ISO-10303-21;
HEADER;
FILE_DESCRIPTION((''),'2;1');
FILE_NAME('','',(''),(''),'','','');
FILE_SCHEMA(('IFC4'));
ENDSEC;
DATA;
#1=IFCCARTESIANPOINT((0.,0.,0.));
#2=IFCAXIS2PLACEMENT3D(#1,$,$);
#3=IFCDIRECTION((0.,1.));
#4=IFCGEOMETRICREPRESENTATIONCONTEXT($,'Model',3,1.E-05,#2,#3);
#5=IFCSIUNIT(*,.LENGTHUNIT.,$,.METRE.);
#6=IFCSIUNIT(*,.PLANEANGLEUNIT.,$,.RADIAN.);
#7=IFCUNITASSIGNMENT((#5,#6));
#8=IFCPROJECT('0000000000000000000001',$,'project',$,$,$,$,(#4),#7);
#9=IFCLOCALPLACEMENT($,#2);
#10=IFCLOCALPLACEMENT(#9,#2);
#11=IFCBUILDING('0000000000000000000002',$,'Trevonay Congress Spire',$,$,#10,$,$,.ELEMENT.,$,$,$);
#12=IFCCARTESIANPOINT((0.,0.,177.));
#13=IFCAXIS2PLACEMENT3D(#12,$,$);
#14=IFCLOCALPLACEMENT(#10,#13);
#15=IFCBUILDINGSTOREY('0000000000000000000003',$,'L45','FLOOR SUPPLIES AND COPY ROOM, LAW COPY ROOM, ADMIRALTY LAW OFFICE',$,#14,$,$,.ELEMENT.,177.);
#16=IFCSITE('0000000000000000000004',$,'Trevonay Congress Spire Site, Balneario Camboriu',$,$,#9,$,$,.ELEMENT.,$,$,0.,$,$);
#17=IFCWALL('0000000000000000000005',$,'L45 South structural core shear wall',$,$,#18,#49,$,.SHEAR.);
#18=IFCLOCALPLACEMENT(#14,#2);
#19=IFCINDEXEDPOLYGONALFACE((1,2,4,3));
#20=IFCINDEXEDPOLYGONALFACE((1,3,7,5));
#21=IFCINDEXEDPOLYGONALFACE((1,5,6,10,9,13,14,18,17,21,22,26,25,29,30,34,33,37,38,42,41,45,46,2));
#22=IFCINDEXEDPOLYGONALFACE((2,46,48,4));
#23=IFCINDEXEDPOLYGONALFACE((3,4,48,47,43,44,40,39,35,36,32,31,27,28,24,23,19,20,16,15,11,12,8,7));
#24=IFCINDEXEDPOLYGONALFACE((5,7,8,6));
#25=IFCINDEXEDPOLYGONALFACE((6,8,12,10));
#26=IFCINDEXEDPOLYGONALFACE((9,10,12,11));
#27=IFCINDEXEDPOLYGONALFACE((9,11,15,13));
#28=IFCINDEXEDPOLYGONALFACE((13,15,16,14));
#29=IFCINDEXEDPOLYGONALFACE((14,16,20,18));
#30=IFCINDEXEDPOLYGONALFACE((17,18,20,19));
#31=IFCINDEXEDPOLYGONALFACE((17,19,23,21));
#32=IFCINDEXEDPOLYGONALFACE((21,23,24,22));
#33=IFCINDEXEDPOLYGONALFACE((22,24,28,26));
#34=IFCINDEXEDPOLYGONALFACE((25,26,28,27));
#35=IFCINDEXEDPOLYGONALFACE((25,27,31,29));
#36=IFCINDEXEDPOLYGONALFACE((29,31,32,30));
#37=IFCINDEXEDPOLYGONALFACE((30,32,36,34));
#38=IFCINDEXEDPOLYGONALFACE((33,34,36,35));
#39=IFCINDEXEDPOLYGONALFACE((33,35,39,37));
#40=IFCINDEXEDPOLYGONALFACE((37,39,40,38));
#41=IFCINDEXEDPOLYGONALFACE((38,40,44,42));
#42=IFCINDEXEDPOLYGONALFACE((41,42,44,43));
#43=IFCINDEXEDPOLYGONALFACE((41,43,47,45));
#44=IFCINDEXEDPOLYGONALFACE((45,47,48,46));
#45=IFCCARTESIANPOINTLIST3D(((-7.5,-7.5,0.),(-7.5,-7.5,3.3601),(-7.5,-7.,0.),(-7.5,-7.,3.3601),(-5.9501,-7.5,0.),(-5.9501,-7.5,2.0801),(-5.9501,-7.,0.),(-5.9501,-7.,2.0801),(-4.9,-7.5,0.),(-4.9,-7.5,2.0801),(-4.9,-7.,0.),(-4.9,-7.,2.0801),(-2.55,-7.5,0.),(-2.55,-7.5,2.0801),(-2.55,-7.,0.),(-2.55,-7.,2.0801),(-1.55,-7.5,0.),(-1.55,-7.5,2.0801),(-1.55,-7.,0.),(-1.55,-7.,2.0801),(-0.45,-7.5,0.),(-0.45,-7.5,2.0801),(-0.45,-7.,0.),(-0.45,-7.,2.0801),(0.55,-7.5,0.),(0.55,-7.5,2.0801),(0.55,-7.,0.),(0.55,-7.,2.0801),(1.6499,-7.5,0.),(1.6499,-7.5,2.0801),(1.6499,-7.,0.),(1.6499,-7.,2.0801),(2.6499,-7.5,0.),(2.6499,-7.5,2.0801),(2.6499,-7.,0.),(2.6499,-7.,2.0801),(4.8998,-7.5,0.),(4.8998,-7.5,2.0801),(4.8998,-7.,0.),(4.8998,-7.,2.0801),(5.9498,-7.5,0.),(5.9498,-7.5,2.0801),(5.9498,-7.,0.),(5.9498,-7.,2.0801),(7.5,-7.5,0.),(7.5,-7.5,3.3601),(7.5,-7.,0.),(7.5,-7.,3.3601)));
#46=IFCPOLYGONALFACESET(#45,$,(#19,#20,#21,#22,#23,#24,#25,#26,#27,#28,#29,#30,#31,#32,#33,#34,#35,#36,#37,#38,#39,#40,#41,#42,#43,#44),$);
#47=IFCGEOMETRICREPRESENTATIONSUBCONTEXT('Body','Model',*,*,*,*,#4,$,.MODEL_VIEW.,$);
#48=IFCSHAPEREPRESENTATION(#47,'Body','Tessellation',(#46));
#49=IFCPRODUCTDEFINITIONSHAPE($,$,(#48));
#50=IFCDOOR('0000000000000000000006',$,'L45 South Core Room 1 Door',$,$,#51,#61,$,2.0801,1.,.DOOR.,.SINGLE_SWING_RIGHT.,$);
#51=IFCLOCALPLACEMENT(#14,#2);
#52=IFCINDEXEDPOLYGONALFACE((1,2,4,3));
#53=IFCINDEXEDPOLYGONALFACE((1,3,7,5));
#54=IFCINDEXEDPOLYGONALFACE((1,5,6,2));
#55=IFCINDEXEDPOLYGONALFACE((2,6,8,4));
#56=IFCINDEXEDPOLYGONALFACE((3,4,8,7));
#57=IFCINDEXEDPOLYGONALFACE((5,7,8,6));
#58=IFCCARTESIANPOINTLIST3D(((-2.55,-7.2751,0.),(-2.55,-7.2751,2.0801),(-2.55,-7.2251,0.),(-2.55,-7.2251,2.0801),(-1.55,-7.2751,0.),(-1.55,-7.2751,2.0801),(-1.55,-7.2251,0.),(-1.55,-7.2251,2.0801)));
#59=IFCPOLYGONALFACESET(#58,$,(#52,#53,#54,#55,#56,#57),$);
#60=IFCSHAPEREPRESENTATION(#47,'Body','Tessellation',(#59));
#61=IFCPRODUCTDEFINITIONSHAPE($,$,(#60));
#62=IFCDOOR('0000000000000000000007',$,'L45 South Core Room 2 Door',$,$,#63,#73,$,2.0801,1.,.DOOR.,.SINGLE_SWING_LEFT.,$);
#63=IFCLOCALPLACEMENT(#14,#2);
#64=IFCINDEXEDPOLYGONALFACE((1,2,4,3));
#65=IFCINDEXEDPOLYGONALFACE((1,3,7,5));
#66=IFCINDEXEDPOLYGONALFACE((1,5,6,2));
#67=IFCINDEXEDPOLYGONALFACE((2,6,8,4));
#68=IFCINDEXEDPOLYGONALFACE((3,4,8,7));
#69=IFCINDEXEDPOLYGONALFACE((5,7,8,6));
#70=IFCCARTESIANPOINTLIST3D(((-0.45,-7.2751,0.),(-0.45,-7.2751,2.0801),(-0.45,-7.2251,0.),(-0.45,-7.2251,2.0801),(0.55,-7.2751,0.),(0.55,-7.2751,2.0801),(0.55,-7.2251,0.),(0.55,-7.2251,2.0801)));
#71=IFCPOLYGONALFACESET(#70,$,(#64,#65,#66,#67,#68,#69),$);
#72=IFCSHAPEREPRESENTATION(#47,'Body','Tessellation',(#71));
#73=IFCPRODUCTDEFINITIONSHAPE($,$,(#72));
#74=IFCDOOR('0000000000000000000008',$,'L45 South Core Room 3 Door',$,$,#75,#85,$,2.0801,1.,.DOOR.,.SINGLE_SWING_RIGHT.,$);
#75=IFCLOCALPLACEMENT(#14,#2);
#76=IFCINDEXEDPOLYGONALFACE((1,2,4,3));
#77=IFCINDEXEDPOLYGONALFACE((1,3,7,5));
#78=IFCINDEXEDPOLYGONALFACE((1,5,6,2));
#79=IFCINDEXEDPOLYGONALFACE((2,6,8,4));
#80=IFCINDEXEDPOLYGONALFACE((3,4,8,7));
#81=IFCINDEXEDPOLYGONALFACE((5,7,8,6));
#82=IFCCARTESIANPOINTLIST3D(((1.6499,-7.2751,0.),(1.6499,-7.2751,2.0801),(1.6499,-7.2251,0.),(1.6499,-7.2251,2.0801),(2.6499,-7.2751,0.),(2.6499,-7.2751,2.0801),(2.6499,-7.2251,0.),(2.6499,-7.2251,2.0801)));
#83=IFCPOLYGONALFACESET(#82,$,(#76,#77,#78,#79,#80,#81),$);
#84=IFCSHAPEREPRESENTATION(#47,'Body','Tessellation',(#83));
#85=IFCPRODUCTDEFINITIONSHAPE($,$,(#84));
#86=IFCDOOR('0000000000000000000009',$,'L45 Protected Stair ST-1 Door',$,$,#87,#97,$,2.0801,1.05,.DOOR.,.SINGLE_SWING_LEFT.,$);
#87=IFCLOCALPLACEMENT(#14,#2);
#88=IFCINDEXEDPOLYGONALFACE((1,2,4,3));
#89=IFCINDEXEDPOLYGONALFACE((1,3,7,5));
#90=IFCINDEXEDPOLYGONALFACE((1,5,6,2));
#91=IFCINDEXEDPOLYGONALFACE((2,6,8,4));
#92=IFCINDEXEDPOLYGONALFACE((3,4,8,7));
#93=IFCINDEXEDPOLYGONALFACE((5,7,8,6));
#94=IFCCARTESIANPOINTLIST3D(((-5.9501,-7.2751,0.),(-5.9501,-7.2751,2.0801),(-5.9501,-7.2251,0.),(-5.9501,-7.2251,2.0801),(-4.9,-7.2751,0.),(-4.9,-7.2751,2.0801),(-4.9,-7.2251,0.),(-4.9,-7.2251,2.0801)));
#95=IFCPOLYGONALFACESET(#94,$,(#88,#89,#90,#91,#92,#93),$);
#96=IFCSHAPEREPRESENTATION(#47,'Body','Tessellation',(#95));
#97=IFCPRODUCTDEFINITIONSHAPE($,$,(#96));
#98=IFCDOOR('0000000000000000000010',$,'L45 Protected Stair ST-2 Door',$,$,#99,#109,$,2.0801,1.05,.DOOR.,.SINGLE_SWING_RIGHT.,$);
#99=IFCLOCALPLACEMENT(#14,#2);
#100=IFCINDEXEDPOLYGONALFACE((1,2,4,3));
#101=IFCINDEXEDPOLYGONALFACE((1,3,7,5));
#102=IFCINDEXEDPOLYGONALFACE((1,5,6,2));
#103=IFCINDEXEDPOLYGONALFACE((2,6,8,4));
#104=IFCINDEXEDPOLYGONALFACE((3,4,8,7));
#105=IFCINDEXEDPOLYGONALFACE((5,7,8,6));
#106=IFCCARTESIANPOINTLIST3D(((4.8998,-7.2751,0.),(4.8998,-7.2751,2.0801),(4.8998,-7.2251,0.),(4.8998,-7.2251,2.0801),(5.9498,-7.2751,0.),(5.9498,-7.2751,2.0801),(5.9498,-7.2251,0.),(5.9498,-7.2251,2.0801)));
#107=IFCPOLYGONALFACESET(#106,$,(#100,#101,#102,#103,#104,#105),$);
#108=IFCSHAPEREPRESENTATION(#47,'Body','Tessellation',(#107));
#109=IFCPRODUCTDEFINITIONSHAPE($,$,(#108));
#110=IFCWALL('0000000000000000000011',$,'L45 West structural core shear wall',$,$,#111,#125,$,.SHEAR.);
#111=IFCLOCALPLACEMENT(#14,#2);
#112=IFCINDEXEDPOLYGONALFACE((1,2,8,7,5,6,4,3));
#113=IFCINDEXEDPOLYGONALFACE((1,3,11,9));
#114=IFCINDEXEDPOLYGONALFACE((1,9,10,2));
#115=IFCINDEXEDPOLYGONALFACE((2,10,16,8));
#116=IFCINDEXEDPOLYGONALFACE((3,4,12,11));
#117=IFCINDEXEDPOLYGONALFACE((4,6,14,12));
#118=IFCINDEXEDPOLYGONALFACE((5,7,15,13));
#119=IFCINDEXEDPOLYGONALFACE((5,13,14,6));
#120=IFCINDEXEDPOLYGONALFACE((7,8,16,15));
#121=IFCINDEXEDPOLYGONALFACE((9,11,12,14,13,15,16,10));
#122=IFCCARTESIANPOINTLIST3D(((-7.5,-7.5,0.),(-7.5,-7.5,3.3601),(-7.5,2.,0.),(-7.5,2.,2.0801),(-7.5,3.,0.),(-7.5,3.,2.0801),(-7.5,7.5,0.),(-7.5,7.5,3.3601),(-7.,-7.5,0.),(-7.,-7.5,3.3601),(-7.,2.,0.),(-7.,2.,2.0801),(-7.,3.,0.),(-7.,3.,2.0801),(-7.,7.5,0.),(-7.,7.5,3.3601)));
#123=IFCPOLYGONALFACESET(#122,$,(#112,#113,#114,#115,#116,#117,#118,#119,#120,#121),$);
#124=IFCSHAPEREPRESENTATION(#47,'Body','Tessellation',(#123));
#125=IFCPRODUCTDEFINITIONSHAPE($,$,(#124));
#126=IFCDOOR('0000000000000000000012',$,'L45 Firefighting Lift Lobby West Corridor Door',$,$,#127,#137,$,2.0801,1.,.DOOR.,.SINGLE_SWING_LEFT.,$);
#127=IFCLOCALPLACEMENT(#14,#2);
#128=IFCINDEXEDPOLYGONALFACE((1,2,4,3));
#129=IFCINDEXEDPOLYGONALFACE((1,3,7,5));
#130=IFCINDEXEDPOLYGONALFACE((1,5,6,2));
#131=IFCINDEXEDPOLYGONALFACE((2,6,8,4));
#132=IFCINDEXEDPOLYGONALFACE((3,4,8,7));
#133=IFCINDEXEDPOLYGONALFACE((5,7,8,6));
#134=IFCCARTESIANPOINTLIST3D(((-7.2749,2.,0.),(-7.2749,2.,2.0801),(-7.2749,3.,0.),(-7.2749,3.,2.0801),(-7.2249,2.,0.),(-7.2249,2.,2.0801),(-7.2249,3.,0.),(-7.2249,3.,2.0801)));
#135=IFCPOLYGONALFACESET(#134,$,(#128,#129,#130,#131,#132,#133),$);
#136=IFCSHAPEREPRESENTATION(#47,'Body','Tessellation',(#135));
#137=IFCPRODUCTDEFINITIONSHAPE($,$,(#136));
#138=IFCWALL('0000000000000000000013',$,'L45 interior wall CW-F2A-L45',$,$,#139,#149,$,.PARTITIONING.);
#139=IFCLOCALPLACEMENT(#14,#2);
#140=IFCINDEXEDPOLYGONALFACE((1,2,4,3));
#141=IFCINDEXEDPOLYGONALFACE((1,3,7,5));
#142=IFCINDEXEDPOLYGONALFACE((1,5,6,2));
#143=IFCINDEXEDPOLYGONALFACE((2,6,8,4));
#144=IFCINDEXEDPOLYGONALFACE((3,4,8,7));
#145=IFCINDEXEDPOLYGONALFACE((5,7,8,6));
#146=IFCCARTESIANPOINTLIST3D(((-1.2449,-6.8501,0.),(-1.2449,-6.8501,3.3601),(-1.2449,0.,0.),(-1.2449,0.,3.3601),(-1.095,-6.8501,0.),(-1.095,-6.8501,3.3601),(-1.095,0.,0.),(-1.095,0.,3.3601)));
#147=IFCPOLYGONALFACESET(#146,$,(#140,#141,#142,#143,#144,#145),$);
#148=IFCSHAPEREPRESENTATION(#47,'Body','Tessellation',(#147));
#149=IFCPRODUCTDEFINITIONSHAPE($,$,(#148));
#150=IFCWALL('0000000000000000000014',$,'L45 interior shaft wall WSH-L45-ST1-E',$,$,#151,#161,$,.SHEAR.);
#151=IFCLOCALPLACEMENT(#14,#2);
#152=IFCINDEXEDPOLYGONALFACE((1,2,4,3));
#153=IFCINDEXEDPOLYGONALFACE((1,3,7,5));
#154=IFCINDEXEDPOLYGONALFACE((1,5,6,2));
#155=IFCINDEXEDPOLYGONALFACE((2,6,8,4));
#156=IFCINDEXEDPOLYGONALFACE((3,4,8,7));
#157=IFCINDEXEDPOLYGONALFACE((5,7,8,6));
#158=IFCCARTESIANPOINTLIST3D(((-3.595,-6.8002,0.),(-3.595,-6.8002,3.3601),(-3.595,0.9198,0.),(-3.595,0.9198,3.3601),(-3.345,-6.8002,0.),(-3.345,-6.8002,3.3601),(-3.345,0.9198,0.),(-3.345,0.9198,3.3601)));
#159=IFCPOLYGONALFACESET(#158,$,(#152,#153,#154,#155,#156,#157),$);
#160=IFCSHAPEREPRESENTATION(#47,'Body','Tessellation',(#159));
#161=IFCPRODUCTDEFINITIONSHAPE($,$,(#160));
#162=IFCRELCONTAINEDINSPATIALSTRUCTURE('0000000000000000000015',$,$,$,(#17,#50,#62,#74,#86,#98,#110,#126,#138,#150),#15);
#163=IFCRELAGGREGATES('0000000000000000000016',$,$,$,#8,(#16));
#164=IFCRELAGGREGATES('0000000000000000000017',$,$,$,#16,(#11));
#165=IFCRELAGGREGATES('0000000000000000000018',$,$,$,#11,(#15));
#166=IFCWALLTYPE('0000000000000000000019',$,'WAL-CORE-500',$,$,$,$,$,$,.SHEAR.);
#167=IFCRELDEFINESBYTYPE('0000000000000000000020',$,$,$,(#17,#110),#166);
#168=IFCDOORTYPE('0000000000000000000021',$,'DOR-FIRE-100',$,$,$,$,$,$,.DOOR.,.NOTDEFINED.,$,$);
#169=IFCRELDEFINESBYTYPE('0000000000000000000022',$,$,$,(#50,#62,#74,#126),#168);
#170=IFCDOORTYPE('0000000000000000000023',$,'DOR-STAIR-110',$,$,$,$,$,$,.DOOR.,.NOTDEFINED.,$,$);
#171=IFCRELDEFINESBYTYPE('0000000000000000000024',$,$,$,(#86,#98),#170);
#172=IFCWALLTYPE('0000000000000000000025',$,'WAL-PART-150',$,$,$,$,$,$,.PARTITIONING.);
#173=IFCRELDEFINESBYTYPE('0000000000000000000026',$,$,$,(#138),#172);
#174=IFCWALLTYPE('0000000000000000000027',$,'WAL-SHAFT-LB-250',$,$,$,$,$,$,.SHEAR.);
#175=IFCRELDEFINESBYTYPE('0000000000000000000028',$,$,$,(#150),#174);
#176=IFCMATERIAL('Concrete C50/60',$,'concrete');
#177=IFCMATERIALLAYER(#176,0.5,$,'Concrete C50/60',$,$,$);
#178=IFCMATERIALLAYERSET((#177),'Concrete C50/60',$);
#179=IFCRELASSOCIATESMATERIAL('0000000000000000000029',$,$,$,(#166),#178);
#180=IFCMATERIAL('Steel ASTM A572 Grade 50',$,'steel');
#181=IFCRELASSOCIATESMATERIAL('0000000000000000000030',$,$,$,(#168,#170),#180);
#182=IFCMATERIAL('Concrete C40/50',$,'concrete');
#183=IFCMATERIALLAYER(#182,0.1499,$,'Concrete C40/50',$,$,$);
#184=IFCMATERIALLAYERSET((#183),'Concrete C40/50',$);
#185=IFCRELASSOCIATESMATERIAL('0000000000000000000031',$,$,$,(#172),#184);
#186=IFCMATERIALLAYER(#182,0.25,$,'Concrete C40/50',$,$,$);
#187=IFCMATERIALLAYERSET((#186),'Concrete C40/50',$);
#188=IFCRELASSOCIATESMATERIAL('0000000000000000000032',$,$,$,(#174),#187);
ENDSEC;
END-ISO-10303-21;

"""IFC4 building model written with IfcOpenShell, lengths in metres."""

from ifc_helpers import new_model, si_unit, direction, frame, frame_2d, origin, place, context, subcontext, project, spatial, rectangle, extrude, material, layer, layer_set, type_object, element, fill, save


model = new_model("IFC4")

# Units and contexts
model_context = context("Model", 3, precision=1e-05, world=origin(), true_north=direction((0.0, 1.0)))
body_context = subcontext(model_context, "Body", "Model", "MODEL_VIEW")
ifc_project = project(units=[si_unit("LENGTHUNIT", "METRE"), si_unit("PLANEANGLEUNIT", "RADIAN")], contexts=[model_context])

# Site, building, storey
site_placement = place(None, origin())
site = spatial("IfcSite", under=ifc_project, at=site_placement, Name="Trevonay Congress Spire Site, Balneario Camboriu", CompositionType="ELEMENT", RefElevation=0.0)
building_placement = place(site_placement, origin())
building = spatial("IfcBuilding", under=site, at=building_placement, Name="Trevonay Congress Spire", CompositionType="ELEMENT")
storey_placement = place(building_placement, frame((0.0, 0.0, 177.0)))
storey = spatial("IfcBuildingStorey", under=building, at=storey_placement, Name="L45", Description="FLOOR SUPPLIES AND COPY ROOM, LAW COPY ROOM, ADMIRALTY LAW OFFICE", CompositionType="ELEMENT", Elevation=177.0)

# Shared definitions
ifc_material_1 = material(Name="Steel ASTM A572 Grade 50", Category="steel")

# Wall, openings, doors
ifc_material_2 = material(Name="Concrete C50/60", Category="concrete")
ifc_layer_1 = layer(ifc_material_2, 0.5, Name="Concrete C50/60")
ifc_layer_set_1 = layer_set([ifc_layer_1], Name="Concrete C50/60")
wall_type_1 = type_object("IfcWallType", Name="WAL-CORE-500", PredefinedType="SHEAR", material=ifc_layer_set_1)
wall_1_placement = place(storey_placement, frame((-7.5, -7.25, 0.0), z_axis=(0.0, 0.0, 1.0), x_axis=(1.0, 0.0, 0.0)))
wall_1 = element("IfcWall", 1, at=wall_1_placement, inside=storey, type_object=wall_type_1, Name="L45 South structural core shear wall", PredefinedType="SHEAR", context=body_context, shape_type="SweptSolid", body=[
    extrude(rectangle(XDim=15.0, YDim=0.5, at=frame_2d((7.5, 0.0))), origin(), (0.0, 0.0, 1.0), 3.3601),
])
opening_1_placement = place(wall_1_placement, frame((1.55, 0.0, 0.0)))
opening_1 = element("IfcOpeningElement", 2, at=opening_1_placement, cuts=wall_1, PredefinedType="OPENING", context=body_context, shape_type="SweptSolid", body=[
    extrude(rectangle(XDim=1.05, YDim=2.0801, at=frame_2d((0.5249, 1.04))), frame((0.0, 0.26, 0.0), z_axis=(0.0, -1.0, 0.0), x_axis=(1.0, 0.0, 0.0)), (0.0, 0.0, 1.0), 0.52),
])
opening_2_placement = place(wall_1_placement, frame((12.3999, 0.0, 0.0)))
opening_2 = element("IfcOpeningElement", 3, at=opening_2_placement, cuts=wall_1, PredefinedType="OPENING", context=body_context, shape_type="SweptSolid", body=[
    extrude(rectangle(XDim=1.05, YDim=2.0801, at=frame_2d((0.5249, 1.04))), frame((0.0, 0.26, 0.0), z_axis=(0.0, -1.0, 0.0), x_axis=(1.0, 0.0, 0.0)), (0.0, 0.0, 1.0), 0.52),
])
opening_3_placement = place(wall_1_placement, frame((4.95, 0.0, 0.0)))
opening_3 = element("IfcOpeningElement", 4, at=opening_3_placement, cuts=wall_1, PredefinedType="OPENING", context=body_context, shape_type="SweptSolid", body=[
    extrude(rectangle(XDim=1.0, YDim=2.0801, at=frame_2d((0.5, 1.04))), frame((0.0, 0.26, 0.0), z_axis=(0.0, -1.0, 0.0), x_axis=(1.0, 0.0, 0.0)), (0.0, 0.0, 1.0), 0.52),
])
opening_4_placement = place(wall_1_placement, frame((7.05, 0.0, 0.0)))
opening_4 = element("IfcOpeningElement", 5, at=opening_4_placement, cuts=wall_1, PredefinedType="OPENING", context=body_context, shape_type="SweptSolid", body=[
    extrude(rectangle(XDim=1.0, YDim=2.0801, at=frame_2d((0.5, 1.04))), frame((0.0, 0.26, 0.0), z_axis=(0.0, -1.0, 0.0), x_axis=(1.0, 0.0, 0.0)), (0.0, 0.0, 1.0), 0.52),
])
opening_5_placement = place(wall_1_placement, frame((9.1499, 0.0, 0.0)))
opening_5 = element("IfcOpeningElement", 6, at=opening_5_placement, cuts=wall_1, PredefinedType="OPENING", context=body_context, shape_type="SweptSolid", body=[
    extrude(rectangle(XDim=1.0, YDim=2.0801, at=frame_2d((0.5, 1.04))), frame((0.0, 0.26, 0.0), z_axis=(0.0, -1.0, 0.0), x_axis=(1.0, 0.0, 0.0)), (0.0, 0.0, 1.0), 0.52),
])
door_type_1 = type_object("IfcDoorType", Name="DOR-FIRE-100", OperationType="NOTDEFINED", PredefinedType="DOOR", material=ifc_material_1)
door_1_placement = place(opening_3_placement, origin())
door_1 = element("IfcDoor", 7, at=door_1_placement, inside=storey, type_object=door_type_1, Name="L45 South Core Room 1 Door", OperationType="SINGLE_SWING_RIGHT", OverallHeight=2.0801, OverallWidth=1.0, PredefinedType="DOOR", context=body_context, shape_type="SweptSolid", body=[
    extrude(rectangle(XDim=1.0, YDim=2.0801, at=frame_2d((0.5, 1.04))), frame((0.0, 0.0249, 0.0), z_axis=(0.0, -1.0, 0.0), x_axis=(1.0, 0.0, 0.0)), (0.0, 0.0, 1.0), 0.05),
])
fill(opening_3, door_1)
door_2_placement = place(opening_4_placement, origin())
door_2 = element("IfcDoor", 8, at=door_2_placement, inside=storey, type_object=door_type_1, Name="L45 South Core Room 2 Door", OperationType="SINGLE_SWING_LEFT", OverallHeight=2.0801, OverallWidth=1.0, PredefinedType="DOOR", context=body_context, shape_type="SweptSolid", body=[
    extrude(rectangle(XDim=1.0, YDim=2.0801, at=frame_2d((0.5, 1.04))), frame((0.0, 0.0249, 0.0), z_axis=(0.0, -1.0, 0.0), x_axis=(1.0, 0.0, 0.0)), (0.0, 0.0, 1.0), 0.05),
])
fill(opening_4, door_2)
door_3_placement = place(opening_5_placement, origin())
door_3 = element("IfcDoor", 9, at=door_3_placement, inside=storey, type_object=door_type_1, Name="L45 South Core Room 3 Door", OperationType="SINGLE_SWING_RIGHT", OverallHeight=2.0801, OverallWidth=1.0, PredefinedType="DOOR", context=body_context, shape_type="SweptSolid", body=[
    extrude(rectangle(XDim=1.0, YDim=2.0801, at=frame_2d((0.5, 1.04))), frame((0.0, 0.0249, 0.0), z_axis=(0.0, -1.0, 0.0), x_axis=(1.0, 0.0, 0.0)), (0.0, 0.0, 1.0), 0.05),
])
fill(opening_5, door_3)
door_type_2 = type_object("IfcDoorType", Name="DOR-STAIR-110", OperationType="NOTDEFINED", PredefinedType="DOOR", material=ifc_material_1)
door_4_placement = place(opening_1_placement, origin())
door_4 = element("IfcDoor", 10, at=door_4_placement, inside=storey, type_object=door_type_2, Name="L45 Protected Stair ST-1 Door", OperationType="SINGLE_SWING_LEFT", OverallHeight=2.0801, OverallWidth=1.05, PredefinedType="DOOR", context=body_context, shape_type="SweptSolid", body=[
    extrude(rectangle(XDim=1.05, YDim=2.0801, at=frame_2d((0.5249, 1.04))), frame((0.0, 0.0249, 0.0), z_axis=(0.0, -1.0, 0.0), x_axis=(1.0, 0.0, 0.0)), (0.0, 0.0, 1.0), 0.05),
])
fill(opening_1, door_4)
door_5_placement = place(opening_2_placement, origin())
door_5 = element("IfcDoor", 11, at=door_5_placement, inside=storey, type_object=door_type_2, Name="L45 Protected Stair ST-2 Door", OperationType="SINGLE_SWING_RIGHT", OverallHeight=2.0801, OverallWidth=1.05, PredefinedType="DOOR", context=body_context, shape_type="SweptSolid", body=[
    extrude(rectangle(XDim=1.05, YDim=2.0801, at=frame_2d((0.5249, 1.04))), frame((0.0, 0.0249, 0.0), z_axis=(0.0, -1.0, 0.0), x_axis=(1.0, 0.0, 0.0)), (0.0, 0.0, 1.0), 0.05),
])
fill(opening_2, door_5)

# Wall, opening, door
wall_2_placement = place(storey_placement, frame((-7.25, -7.5, 0.0), z_axis=(0.0, 0.0, 1.0), x_axis=(0.0, 1.0, 0.0)))
wall_2 = element("IfcWall", 12, at=wall_2_placement, inside=storey, type_object=wall_type_1, Name="L45 West structural core shear wall", PredefinedType="SHEAR", context=body_context, shape_type="SweptSolid", body=[
    extrude(rectangle(XDim=15.0, YDim=0.5, at=frame_2d((7.5, 0.0))), origin(), (0.0, 0.0, 1.0), 3.3601),
])
opening_6_placement = place(wall_2_placement, frame((9.5, 0.0, 0.0)))
opening_6 = element("IfcOpeningElement", 13, at=opening_6_placement, cuts=wall_2, PredefinedType="OPENING", context=body_context, shape_type="SweptSolid", body=[
    extrude(rectangle(XDim=1.0, YDim=2.0801, at=frame_2d((0.5, 1.04))), frame((0.0, 0.26, 0.0), z_axis=(0.0, -1.0, 0.0), x_axis=(1.0, 0.0, 0.0)), (0.0, 0.0, 1.0), 0.52),
])
door_6_placement = place(opening_6_placement, origin())
door_6 = element("IfcDoor", 14, at=door_6_placement, inside=storey, type_object=door_type_1, Name="L45 Firefighting Lift Lobby West Corridor Door", OperationType="SINGLE_SWING_LEFT", OverallHeight=2.0801, OverallWidth=1.0, PredefinedType="DOOR", context=body_context, shape_type="SweptSolid", body=[
    extrude(rectangle(XDim=1.0, YDim=2.0801, at=frame_2d((0.5, 1.04))), frame((0.0, 0.0249, 0.0), z_axis=(0.0, -1.0, 0.0), x_axis=(1.0, 0.0, 0.0)), (0.0, 0.0, 1.0), 0.05),
])
fill(opening_6, door_6)

# Walls
ifc_material_3 = material(Name="Concrete C40/50", Category="concrete")
ifc_layer_2 = layer(ifc_material_3, 0.1499, Name="Concrete C40/50")
ifc_layer_set_2 = layer_set([ifc_layer_2], Name="Concrete C40/50")
wall_type_2 = type_object("IfcWallType", Name="WAL-PART-150", PredefinedType="PARTITIONING", material=ifc_layer_set_2)
wall_3_placement = place(storey_placement, frame((-1.1699, -6.8501, 0.0), z_axis=(0.0, 0.0, 1.0), x_axis=(0.0, 1.0, 0.0)))
element("IfcWall", 15, at=wall_3_placement, inside=storey, type_object=wall_type_2, Name="L45 interior wall CW-F2A-L45", PredefinedType="PARTITIONING", context=body_context, shape_type="SweptSolid", body=[
    extrude(rectangle(XDim=6.8501, YDim=0.1499, at=frame_2d((3.425, 0.0))), origin(), (0.0, 0.0, 1.0), 3.3601),
])
ifc_layer_3 = layer(ifc_material_3, 0.25, Name="Concrete C40/50")
ifc_layer_set_3 = layer_set([ifc_layer_3], Name="Concrete C40/50")
wall_type_3 = type_object("IfcWallType", Name="WAL-SHAFT-LB-250", PredefinedType="SHEAR", material=ifc_layer_set_3)
wall_4_placement = place(storey_placement, frame((-3.47, -6.8, 0.0), z_axis=(0.0, 0.0, 1.0), x_axis=(0.0, 1.0, 0.0)))
element("IfcWall", 16, at=wall_4_placement, inside=storey, type_object=wall_type_3, Name="L45 interior shaft wall WSH-L45-ST1-E", PredefinedType="SHEAR", context=body_context, shape_type="SweptSolid", body=[
    extrude(rectangle(XDim=7.72, YDim=0.25, at=frame_2d((3.8599, 0.0))), origin(), (0.0, 0.0, 1.0), 3.3601),
])

save(model, "model.ifc")
